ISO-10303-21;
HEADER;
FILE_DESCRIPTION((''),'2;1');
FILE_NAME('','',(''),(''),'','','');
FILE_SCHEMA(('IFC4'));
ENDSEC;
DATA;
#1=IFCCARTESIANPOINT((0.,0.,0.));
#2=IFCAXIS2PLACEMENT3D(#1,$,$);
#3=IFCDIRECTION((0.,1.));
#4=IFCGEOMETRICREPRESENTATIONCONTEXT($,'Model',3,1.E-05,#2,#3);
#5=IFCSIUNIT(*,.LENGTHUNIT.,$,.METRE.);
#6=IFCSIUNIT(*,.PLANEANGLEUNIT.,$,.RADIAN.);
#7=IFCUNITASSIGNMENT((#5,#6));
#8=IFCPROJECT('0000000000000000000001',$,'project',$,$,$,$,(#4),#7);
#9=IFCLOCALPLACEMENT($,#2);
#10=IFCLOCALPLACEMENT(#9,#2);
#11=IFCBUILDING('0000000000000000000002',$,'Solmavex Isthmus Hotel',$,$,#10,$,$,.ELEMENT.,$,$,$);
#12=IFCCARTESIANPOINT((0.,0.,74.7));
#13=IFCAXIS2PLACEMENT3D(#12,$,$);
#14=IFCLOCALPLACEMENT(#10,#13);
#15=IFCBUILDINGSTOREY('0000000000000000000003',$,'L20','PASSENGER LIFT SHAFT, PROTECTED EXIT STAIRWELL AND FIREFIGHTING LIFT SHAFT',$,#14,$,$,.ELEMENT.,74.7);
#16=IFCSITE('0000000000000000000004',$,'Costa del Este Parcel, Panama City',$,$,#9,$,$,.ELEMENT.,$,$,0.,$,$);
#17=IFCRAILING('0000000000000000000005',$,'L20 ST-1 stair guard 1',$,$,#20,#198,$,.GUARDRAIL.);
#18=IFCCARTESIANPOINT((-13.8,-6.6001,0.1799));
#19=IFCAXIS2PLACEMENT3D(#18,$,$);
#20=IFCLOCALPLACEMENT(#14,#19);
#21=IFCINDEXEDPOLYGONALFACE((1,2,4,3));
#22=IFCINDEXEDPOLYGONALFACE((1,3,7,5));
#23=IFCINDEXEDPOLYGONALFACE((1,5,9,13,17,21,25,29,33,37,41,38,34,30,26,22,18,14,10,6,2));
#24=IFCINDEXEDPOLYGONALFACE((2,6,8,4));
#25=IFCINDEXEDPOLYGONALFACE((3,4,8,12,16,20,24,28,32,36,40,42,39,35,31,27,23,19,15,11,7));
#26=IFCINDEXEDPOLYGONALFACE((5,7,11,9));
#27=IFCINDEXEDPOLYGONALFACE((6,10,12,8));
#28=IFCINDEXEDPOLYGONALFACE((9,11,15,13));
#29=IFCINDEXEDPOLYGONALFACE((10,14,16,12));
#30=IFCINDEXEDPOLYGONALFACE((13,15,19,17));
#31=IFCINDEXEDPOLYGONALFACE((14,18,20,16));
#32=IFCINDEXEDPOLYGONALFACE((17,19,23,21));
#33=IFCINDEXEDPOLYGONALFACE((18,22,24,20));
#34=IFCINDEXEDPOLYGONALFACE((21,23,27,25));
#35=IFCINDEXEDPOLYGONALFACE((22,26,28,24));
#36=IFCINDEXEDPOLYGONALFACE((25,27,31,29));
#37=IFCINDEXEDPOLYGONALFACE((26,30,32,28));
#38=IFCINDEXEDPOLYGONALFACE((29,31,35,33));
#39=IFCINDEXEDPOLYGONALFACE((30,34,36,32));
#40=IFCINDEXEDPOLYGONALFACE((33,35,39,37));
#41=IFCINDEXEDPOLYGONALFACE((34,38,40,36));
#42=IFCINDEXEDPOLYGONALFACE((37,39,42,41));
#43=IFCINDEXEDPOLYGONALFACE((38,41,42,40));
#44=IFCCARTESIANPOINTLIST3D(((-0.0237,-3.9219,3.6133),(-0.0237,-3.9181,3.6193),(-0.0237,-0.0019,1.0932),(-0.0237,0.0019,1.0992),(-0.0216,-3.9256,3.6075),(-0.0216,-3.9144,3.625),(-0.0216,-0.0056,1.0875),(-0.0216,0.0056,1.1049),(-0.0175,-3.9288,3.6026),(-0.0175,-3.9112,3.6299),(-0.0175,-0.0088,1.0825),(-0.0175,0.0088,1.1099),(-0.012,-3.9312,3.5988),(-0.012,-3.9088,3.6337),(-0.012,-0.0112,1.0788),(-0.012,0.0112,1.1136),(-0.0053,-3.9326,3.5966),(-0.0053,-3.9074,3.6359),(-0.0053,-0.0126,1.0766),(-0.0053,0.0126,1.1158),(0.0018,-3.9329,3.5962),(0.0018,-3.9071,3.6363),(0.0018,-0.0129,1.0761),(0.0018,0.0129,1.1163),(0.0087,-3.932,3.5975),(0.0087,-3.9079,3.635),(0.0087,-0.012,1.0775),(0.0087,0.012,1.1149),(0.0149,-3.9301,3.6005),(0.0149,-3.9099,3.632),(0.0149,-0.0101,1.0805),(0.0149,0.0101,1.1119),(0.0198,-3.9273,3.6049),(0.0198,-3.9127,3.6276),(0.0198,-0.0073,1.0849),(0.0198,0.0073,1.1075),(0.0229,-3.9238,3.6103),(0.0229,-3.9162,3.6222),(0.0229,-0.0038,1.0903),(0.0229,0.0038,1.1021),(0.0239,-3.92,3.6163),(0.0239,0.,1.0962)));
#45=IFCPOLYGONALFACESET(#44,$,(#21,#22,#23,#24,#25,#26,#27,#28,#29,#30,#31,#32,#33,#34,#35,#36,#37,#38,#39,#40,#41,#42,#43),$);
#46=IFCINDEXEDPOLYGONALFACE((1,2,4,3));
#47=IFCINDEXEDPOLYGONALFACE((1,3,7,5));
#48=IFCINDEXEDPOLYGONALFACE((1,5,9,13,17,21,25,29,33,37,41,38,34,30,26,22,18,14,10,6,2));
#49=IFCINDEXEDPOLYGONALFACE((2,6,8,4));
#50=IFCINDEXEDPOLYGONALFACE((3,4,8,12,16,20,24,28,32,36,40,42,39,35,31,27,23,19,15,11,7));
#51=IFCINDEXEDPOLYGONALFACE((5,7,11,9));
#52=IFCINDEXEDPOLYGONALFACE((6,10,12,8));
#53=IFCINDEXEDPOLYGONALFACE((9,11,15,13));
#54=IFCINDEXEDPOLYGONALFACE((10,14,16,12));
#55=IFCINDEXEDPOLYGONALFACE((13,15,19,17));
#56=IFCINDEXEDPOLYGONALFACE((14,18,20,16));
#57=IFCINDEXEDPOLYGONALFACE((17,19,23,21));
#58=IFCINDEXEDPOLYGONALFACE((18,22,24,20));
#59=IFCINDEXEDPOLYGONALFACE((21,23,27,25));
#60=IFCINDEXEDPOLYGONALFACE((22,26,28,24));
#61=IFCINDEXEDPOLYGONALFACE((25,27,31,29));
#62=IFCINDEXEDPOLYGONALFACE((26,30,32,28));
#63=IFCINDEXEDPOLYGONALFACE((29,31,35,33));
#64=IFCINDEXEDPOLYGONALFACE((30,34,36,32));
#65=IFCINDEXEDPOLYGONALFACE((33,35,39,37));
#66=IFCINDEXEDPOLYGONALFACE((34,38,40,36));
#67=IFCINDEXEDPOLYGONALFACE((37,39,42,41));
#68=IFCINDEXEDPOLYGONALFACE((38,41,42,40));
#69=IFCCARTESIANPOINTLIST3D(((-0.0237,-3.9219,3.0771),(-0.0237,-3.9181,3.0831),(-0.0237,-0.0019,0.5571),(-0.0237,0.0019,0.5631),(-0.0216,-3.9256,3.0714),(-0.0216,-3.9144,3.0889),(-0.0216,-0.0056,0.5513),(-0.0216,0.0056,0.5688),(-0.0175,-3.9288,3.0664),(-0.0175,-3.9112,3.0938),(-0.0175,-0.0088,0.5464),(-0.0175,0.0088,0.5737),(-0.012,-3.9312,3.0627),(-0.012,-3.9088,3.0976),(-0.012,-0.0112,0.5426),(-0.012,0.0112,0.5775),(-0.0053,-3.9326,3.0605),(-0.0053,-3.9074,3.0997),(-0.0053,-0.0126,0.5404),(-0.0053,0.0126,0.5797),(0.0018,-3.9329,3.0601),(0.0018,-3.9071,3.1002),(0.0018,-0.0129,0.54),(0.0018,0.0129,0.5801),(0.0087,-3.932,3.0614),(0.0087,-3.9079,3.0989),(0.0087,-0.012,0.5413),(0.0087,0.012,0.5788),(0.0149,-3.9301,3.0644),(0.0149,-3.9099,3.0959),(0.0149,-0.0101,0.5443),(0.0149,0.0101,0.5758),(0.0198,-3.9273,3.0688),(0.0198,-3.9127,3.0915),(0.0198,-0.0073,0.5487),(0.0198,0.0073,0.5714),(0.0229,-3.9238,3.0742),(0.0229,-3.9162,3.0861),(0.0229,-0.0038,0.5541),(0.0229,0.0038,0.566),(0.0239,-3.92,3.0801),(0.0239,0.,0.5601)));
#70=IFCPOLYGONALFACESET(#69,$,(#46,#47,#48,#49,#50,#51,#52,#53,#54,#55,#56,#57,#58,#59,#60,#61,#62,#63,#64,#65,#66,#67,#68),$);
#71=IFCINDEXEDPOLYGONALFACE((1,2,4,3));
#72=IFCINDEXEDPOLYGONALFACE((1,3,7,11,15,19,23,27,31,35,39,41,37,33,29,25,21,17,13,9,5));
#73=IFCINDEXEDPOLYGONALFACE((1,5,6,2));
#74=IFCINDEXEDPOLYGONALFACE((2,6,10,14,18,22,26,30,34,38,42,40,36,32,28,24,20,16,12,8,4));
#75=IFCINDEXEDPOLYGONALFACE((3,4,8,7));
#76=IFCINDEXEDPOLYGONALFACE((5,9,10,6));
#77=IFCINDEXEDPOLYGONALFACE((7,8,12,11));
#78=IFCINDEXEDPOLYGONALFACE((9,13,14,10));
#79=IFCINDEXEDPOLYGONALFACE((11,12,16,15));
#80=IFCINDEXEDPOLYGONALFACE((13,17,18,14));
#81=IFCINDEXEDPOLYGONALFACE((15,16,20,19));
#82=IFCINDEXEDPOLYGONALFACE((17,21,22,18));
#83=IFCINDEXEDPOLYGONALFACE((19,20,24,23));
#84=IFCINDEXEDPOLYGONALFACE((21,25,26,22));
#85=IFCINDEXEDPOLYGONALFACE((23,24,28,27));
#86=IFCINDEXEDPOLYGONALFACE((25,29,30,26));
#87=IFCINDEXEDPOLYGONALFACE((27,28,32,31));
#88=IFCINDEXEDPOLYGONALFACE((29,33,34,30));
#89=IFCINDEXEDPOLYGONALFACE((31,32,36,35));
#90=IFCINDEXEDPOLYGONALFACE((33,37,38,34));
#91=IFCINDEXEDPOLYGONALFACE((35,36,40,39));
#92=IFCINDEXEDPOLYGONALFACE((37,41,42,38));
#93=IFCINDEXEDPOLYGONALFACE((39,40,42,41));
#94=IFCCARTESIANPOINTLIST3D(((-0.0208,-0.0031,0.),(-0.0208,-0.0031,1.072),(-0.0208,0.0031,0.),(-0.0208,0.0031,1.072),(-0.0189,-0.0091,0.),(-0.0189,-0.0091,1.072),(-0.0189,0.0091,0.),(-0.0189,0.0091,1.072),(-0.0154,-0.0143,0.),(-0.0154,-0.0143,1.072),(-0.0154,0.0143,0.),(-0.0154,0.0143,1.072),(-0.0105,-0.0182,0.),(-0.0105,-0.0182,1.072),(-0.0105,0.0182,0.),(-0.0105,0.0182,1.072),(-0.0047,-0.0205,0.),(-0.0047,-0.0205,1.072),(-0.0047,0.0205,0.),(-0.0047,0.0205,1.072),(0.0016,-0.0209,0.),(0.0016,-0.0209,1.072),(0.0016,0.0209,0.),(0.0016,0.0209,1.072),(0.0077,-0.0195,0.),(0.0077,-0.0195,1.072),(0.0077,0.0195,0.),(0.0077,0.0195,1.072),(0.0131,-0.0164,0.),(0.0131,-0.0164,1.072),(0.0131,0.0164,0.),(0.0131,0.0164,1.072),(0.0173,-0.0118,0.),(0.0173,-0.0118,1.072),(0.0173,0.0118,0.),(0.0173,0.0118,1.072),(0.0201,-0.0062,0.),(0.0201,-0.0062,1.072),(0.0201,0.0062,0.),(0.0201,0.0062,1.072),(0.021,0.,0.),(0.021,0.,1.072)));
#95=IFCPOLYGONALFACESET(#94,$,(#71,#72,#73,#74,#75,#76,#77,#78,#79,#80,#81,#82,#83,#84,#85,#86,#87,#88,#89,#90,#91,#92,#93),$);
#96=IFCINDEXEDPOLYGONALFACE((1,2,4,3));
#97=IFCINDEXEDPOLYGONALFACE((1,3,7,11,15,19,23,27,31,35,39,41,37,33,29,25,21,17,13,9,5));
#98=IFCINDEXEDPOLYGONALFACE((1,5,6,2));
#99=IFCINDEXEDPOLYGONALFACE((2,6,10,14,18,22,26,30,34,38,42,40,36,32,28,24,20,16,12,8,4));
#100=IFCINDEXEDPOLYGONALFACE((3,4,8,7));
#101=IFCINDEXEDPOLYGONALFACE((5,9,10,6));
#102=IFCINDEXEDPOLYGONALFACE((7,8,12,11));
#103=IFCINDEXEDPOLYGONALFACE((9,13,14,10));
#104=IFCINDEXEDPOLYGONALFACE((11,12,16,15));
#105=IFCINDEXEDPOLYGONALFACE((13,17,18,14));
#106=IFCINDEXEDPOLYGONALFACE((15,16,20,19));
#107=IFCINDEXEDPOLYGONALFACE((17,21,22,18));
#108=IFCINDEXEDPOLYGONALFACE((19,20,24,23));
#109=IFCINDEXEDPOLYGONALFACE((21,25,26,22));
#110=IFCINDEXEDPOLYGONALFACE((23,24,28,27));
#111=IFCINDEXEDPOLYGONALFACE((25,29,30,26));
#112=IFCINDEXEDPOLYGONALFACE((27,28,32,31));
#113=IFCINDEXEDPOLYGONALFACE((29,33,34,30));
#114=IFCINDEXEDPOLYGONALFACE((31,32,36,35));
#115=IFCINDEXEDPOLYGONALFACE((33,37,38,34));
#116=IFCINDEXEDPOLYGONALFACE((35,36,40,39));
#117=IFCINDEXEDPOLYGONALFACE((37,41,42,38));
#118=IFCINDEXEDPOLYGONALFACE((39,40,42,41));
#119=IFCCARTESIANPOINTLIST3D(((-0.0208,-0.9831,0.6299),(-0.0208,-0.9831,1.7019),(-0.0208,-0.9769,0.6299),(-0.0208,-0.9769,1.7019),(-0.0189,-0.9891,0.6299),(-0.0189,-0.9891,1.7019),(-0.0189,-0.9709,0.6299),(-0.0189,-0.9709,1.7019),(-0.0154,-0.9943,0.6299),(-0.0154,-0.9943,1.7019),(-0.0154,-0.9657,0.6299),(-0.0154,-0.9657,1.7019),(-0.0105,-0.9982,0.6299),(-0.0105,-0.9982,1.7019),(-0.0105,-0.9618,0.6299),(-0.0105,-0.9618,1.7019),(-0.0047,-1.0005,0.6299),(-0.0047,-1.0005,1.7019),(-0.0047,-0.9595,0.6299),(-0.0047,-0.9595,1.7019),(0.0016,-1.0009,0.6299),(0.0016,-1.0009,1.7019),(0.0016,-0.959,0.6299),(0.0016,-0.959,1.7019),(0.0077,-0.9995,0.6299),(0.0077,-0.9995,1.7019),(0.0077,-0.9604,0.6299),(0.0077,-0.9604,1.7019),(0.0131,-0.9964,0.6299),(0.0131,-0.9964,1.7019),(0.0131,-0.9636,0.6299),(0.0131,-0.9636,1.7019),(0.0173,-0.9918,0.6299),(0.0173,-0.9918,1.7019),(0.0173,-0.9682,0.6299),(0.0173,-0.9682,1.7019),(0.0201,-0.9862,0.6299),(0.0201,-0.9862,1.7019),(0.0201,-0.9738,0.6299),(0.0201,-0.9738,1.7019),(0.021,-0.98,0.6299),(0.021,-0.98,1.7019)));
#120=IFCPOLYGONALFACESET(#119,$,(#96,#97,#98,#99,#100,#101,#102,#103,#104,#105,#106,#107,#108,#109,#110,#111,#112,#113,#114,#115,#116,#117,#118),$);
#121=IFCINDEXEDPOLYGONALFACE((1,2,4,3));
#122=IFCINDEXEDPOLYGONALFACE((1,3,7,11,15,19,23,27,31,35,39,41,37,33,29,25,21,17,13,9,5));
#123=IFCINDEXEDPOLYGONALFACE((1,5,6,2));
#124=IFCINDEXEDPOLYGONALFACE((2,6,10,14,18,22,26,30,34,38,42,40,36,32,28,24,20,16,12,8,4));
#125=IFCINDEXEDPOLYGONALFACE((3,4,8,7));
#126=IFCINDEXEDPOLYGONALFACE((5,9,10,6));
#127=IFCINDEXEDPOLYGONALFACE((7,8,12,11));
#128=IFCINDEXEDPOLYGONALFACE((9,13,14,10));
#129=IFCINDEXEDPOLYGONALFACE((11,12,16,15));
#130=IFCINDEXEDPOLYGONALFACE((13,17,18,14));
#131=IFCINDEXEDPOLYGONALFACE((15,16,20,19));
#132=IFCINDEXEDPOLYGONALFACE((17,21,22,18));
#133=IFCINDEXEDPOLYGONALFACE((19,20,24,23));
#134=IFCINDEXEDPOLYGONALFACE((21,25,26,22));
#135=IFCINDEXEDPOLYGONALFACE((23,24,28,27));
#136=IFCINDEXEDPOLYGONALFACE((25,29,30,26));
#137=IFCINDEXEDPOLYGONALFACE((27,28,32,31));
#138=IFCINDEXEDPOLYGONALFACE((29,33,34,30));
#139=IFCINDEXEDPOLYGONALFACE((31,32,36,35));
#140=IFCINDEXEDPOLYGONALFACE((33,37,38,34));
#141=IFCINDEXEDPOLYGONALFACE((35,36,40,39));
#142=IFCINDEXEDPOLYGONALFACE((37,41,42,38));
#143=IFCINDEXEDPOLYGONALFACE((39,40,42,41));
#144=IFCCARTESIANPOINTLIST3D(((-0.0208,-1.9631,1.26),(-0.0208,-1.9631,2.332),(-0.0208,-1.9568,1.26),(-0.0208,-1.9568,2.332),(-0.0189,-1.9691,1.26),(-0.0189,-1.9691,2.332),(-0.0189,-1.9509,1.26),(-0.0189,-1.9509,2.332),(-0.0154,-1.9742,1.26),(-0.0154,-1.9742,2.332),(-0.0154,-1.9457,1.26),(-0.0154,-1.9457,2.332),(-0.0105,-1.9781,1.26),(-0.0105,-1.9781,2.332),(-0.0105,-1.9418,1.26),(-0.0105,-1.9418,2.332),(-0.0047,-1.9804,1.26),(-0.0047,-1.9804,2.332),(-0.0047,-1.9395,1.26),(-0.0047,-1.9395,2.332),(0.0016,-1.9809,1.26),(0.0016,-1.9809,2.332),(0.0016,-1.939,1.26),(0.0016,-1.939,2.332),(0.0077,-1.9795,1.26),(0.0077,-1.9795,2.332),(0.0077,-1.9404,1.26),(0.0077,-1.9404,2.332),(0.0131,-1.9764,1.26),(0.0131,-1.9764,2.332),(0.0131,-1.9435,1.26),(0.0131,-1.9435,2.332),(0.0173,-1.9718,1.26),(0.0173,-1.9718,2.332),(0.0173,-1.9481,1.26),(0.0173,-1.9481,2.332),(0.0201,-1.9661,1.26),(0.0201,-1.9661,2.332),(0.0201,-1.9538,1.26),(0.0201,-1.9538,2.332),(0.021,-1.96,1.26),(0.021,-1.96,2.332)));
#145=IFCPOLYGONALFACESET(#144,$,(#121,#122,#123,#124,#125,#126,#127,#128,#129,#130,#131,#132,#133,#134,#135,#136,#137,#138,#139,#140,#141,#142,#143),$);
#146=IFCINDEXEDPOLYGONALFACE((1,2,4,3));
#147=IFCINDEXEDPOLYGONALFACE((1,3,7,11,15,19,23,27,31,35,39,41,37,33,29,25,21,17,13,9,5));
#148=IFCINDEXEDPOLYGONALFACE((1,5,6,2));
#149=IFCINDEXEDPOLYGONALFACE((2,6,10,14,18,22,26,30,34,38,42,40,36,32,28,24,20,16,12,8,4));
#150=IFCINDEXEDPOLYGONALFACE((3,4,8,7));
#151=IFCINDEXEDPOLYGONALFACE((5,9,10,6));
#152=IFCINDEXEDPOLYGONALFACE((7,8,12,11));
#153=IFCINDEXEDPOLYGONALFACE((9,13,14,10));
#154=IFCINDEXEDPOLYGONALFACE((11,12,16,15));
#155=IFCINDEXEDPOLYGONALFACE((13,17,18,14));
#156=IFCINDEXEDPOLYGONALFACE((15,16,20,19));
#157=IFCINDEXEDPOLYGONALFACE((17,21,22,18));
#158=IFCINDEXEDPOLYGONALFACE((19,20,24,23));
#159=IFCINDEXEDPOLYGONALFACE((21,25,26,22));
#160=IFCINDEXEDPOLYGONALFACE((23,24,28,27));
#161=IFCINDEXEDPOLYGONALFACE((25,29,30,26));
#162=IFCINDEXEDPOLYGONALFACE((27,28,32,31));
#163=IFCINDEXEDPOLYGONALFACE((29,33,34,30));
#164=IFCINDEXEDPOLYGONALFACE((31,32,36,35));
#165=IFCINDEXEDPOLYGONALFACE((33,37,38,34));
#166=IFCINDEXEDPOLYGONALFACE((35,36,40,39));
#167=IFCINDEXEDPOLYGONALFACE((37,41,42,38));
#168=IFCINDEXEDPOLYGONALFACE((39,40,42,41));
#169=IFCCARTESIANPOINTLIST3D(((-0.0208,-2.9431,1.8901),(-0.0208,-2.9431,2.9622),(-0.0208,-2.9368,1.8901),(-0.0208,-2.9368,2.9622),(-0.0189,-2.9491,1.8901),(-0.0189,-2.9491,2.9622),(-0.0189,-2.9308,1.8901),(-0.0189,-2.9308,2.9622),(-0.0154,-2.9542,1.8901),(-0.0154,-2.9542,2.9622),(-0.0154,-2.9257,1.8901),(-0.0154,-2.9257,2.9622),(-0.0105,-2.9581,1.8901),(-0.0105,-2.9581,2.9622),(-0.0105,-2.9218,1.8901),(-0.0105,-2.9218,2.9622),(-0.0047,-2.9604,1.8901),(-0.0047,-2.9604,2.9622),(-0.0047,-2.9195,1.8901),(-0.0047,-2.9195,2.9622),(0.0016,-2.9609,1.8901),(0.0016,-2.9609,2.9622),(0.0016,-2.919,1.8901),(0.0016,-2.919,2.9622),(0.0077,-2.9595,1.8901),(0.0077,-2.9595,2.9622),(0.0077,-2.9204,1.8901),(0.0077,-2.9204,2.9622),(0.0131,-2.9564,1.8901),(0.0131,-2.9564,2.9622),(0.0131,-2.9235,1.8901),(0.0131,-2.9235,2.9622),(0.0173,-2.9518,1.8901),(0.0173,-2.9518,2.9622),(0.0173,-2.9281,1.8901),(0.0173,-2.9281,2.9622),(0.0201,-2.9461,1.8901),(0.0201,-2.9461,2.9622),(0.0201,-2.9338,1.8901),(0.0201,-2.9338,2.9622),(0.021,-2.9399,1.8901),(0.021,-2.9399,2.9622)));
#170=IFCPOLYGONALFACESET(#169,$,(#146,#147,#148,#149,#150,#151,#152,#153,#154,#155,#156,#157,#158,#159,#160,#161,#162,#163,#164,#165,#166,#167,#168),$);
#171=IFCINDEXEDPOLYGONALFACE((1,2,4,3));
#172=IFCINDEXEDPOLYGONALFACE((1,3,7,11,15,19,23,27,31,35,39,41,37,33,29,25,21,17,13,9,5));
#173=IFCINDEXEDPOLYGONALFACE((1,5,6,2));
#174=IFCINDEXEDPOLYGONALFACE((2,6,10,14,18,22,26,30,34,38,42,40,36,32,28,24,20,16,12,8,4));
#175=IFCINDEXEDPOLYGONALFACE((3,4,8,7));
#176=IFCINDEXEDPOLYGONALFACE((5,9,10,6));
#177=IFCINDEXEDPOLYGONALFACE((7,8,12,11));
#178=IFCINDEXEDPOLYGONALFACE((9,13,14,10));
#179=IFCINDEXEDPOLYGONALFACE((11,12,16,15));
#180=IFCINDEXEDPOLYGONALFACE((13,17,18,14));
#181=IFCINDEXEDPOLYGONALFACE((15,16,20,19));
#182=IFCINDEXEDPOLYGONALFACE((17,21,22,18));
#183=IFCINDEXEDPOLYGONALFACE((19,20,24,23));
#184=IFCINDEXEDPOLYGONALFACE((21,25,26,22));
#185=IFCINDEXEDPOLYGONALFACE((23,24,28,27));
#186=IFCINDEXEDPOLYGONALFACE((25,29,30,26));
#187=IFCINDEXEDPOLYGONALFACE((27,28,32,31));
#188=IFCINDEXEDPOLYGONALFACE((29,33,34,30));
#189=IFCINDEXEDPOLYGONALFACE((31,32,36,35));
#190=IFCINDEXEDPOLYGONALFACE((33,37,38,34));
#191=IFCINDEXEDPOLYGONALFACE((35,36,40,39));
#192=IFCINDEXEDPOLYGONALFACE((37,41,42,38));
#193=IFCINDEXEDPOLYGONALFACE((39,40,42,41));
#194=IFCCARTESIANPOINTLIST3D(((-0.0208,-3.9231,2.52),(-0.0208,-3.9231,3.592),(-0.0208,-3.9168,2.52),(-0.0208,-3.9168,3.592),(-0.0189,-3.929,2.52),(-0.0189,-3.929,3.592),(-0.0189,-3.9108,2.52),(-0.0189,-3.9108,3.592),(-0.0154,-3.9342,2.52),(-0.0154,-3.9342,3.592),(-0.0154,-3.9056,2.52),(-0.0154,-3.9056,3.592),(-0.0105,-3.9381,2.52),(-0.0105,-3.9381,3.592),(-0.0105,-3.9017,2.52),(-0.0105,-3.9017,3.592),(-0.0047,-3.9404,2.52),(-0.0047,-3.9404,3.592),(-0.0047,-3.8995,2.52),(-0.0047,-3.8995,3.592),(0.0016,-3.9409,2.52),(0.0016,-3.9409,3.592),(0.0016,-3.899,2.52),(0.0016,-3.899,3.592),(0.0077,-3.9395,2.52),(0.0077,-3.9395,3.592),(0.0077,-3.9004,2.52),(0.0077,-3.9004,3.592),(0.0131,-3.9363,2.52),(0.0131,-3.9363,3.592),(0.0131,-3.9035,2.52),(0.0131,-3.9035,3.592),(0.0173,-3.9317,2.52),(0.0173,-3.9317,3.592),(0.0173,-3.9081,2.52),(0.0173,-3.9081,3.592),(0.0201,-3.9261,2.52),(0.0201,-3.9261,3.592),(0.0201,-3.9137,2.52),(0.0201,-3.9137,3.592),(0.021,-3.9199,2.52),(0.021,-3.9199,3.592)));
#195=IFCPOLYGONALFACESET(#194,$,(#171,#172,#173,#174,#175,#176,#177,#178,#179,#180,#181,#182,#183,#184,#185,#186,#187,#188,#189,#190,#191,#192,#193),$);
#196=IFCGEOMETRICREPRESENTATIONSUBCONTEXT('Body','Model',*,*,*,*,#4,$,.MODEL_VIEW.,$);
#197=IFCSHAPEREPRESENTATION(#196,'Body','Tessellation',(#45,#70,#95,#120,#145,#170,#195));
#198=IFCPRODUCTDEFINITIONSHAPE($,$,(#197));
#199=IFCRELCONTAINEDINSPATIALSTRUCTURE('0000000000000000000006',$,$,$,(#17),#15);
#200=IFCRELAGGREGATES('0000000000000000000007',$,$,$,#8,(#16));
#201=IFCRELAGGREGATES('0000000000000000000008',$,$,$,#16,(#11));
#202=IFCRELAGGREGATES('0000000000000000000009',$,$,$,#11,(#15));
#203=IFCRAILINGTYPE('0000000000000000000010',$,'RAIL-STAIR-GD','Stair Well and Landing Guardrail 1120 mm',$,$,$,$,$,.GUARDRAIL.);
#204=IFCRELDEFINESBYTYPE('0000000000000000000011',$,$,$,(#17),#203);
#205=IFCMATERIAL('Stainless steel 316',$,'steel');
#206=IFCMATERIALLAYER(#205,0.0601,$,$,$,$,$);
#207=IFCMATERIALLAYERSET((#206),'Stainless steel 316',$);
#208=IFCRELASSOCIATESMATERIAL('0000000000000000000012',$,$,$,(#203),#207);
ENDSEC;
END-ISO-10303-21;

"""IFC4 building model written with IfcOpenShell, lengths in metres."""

from ifc_helpers import new_model, si_unit, direction, frame, origin, origin_2d, place, context, subcontext, project, spatial, circle, extrude, material, layer, layer_set, type_object, element, save


model = new_model("IFC4")

# Units and contexts
model_context = context("Model", 3, precision=1e-05, world=origin(), true_north=direction((0.0, 1.0)))
body_context = subcontext(model_context, "Body", "Model", "MODEL_VIEW")
ifc_project = project(units=[si_unit("LENGTHUNIT", "METRE"), si_unit("PLANEANGLEUNIT", "RADIAN")], contexts=[model_context])

# Site, building, storey
site_placement = place(None, origin())
site = spatial("IfcSite", under=ifc_project, at=site_placement, Name="Costa del Este Parcel, Panama City", CompositionType="ELEMENT", RefElevation=0.0)
building_placement = place(site_placement, origin())
building = spatial("IfcBuilding", under=site, at=building_placement, Name="Solmavex Isthmus Hotel", CompositionType="ELEMENT")
storey_placement = place(building_placement, frame((0.0, 0.0, 74.7)))
storey = spatial("IfcBuildingStorey", under=building, at=storey_placement, Name="L20", Description="PASSENGER LIFT SHAFT, PROTECTED EXIT STAIRWELL AND FIREFIGHTING LIFT SHAFT", CompositionType="ELEMENT", Elevation=74.7)

# Railing
ifc_material_1 = material(Name="Stainless steel 316", Category="steel")
ifc_layer_1 = layer(ifc_material_1, 0.0601)
ifc_layer_set_1 = layer_set([ifc_layer_1], Name="Stainless steel 316")
railing_type_1 = type_object("IfcRailingType", Name="RAIL-STAIR-GD", Description="Stair Well and Landing Guardrail 1120 mm", PredefinedType="GUARDRAIL", material=ifc_layer_set_1)
railing_1_placement = place(storey_placement, frame((-13.8, -6.6001, 0.1799)))
element("IfcRailing", 1, at=railing_1_placement, inside=storey, type_object=railing_type_1, Name="L20 ST-1 stair guard 1", PredefinedType="GUARDRAIL", context=body_context, shape_type="SweptSolid", body=[
    extrude(circle(Radius=0.0239, at=origin_2d()), frame((0.0, 0.0, 1.0962), z_axis=(0.0, -0.841172, 0.540768), x_axis=(1.0, 0.0, 0.0)), (0.0, 0.0, 1.0), 4.6602),
    extrude(circle(Radius=0.0239, at=origin_2d()), frame((0.0, 0.0, 0.5601), z_axis=(0.0, -0.841172, 0.540768), x_axis=(1.0, 0.0, 0.0)), (0.0, 0.0, 1.0), 4.6602),
    extrude(circle(Radius=0.021, at=origin_2d()), origin(), (0.0, 0.0, 1.0), 1.072),
    extrude(circle(Radius=0.021, at=origin_2d()), frame((0.0, -0.98, 0.6299)), (0.0, 0.0, 1.0), 1.072),
    extrude(circle(Radius=0.021, at=origin_2d()), frame((0.0, -1.96, 1.26)), (0.0, 0.0, 1.0), 1.072),
    extrude(circle(Radius=0.021, at=origin_2d()), frame((0.0, -2.9399, 1.8901)), (0.0, 0.0, 1.0), 1.072),
    extrude(circle(Radius=0.021, at=origin_2d()), frame((0.0, -3.9199, 2.52)), (0.0, 0.0, 1.0), 1.072),
])

save(model, "model.ifc")
